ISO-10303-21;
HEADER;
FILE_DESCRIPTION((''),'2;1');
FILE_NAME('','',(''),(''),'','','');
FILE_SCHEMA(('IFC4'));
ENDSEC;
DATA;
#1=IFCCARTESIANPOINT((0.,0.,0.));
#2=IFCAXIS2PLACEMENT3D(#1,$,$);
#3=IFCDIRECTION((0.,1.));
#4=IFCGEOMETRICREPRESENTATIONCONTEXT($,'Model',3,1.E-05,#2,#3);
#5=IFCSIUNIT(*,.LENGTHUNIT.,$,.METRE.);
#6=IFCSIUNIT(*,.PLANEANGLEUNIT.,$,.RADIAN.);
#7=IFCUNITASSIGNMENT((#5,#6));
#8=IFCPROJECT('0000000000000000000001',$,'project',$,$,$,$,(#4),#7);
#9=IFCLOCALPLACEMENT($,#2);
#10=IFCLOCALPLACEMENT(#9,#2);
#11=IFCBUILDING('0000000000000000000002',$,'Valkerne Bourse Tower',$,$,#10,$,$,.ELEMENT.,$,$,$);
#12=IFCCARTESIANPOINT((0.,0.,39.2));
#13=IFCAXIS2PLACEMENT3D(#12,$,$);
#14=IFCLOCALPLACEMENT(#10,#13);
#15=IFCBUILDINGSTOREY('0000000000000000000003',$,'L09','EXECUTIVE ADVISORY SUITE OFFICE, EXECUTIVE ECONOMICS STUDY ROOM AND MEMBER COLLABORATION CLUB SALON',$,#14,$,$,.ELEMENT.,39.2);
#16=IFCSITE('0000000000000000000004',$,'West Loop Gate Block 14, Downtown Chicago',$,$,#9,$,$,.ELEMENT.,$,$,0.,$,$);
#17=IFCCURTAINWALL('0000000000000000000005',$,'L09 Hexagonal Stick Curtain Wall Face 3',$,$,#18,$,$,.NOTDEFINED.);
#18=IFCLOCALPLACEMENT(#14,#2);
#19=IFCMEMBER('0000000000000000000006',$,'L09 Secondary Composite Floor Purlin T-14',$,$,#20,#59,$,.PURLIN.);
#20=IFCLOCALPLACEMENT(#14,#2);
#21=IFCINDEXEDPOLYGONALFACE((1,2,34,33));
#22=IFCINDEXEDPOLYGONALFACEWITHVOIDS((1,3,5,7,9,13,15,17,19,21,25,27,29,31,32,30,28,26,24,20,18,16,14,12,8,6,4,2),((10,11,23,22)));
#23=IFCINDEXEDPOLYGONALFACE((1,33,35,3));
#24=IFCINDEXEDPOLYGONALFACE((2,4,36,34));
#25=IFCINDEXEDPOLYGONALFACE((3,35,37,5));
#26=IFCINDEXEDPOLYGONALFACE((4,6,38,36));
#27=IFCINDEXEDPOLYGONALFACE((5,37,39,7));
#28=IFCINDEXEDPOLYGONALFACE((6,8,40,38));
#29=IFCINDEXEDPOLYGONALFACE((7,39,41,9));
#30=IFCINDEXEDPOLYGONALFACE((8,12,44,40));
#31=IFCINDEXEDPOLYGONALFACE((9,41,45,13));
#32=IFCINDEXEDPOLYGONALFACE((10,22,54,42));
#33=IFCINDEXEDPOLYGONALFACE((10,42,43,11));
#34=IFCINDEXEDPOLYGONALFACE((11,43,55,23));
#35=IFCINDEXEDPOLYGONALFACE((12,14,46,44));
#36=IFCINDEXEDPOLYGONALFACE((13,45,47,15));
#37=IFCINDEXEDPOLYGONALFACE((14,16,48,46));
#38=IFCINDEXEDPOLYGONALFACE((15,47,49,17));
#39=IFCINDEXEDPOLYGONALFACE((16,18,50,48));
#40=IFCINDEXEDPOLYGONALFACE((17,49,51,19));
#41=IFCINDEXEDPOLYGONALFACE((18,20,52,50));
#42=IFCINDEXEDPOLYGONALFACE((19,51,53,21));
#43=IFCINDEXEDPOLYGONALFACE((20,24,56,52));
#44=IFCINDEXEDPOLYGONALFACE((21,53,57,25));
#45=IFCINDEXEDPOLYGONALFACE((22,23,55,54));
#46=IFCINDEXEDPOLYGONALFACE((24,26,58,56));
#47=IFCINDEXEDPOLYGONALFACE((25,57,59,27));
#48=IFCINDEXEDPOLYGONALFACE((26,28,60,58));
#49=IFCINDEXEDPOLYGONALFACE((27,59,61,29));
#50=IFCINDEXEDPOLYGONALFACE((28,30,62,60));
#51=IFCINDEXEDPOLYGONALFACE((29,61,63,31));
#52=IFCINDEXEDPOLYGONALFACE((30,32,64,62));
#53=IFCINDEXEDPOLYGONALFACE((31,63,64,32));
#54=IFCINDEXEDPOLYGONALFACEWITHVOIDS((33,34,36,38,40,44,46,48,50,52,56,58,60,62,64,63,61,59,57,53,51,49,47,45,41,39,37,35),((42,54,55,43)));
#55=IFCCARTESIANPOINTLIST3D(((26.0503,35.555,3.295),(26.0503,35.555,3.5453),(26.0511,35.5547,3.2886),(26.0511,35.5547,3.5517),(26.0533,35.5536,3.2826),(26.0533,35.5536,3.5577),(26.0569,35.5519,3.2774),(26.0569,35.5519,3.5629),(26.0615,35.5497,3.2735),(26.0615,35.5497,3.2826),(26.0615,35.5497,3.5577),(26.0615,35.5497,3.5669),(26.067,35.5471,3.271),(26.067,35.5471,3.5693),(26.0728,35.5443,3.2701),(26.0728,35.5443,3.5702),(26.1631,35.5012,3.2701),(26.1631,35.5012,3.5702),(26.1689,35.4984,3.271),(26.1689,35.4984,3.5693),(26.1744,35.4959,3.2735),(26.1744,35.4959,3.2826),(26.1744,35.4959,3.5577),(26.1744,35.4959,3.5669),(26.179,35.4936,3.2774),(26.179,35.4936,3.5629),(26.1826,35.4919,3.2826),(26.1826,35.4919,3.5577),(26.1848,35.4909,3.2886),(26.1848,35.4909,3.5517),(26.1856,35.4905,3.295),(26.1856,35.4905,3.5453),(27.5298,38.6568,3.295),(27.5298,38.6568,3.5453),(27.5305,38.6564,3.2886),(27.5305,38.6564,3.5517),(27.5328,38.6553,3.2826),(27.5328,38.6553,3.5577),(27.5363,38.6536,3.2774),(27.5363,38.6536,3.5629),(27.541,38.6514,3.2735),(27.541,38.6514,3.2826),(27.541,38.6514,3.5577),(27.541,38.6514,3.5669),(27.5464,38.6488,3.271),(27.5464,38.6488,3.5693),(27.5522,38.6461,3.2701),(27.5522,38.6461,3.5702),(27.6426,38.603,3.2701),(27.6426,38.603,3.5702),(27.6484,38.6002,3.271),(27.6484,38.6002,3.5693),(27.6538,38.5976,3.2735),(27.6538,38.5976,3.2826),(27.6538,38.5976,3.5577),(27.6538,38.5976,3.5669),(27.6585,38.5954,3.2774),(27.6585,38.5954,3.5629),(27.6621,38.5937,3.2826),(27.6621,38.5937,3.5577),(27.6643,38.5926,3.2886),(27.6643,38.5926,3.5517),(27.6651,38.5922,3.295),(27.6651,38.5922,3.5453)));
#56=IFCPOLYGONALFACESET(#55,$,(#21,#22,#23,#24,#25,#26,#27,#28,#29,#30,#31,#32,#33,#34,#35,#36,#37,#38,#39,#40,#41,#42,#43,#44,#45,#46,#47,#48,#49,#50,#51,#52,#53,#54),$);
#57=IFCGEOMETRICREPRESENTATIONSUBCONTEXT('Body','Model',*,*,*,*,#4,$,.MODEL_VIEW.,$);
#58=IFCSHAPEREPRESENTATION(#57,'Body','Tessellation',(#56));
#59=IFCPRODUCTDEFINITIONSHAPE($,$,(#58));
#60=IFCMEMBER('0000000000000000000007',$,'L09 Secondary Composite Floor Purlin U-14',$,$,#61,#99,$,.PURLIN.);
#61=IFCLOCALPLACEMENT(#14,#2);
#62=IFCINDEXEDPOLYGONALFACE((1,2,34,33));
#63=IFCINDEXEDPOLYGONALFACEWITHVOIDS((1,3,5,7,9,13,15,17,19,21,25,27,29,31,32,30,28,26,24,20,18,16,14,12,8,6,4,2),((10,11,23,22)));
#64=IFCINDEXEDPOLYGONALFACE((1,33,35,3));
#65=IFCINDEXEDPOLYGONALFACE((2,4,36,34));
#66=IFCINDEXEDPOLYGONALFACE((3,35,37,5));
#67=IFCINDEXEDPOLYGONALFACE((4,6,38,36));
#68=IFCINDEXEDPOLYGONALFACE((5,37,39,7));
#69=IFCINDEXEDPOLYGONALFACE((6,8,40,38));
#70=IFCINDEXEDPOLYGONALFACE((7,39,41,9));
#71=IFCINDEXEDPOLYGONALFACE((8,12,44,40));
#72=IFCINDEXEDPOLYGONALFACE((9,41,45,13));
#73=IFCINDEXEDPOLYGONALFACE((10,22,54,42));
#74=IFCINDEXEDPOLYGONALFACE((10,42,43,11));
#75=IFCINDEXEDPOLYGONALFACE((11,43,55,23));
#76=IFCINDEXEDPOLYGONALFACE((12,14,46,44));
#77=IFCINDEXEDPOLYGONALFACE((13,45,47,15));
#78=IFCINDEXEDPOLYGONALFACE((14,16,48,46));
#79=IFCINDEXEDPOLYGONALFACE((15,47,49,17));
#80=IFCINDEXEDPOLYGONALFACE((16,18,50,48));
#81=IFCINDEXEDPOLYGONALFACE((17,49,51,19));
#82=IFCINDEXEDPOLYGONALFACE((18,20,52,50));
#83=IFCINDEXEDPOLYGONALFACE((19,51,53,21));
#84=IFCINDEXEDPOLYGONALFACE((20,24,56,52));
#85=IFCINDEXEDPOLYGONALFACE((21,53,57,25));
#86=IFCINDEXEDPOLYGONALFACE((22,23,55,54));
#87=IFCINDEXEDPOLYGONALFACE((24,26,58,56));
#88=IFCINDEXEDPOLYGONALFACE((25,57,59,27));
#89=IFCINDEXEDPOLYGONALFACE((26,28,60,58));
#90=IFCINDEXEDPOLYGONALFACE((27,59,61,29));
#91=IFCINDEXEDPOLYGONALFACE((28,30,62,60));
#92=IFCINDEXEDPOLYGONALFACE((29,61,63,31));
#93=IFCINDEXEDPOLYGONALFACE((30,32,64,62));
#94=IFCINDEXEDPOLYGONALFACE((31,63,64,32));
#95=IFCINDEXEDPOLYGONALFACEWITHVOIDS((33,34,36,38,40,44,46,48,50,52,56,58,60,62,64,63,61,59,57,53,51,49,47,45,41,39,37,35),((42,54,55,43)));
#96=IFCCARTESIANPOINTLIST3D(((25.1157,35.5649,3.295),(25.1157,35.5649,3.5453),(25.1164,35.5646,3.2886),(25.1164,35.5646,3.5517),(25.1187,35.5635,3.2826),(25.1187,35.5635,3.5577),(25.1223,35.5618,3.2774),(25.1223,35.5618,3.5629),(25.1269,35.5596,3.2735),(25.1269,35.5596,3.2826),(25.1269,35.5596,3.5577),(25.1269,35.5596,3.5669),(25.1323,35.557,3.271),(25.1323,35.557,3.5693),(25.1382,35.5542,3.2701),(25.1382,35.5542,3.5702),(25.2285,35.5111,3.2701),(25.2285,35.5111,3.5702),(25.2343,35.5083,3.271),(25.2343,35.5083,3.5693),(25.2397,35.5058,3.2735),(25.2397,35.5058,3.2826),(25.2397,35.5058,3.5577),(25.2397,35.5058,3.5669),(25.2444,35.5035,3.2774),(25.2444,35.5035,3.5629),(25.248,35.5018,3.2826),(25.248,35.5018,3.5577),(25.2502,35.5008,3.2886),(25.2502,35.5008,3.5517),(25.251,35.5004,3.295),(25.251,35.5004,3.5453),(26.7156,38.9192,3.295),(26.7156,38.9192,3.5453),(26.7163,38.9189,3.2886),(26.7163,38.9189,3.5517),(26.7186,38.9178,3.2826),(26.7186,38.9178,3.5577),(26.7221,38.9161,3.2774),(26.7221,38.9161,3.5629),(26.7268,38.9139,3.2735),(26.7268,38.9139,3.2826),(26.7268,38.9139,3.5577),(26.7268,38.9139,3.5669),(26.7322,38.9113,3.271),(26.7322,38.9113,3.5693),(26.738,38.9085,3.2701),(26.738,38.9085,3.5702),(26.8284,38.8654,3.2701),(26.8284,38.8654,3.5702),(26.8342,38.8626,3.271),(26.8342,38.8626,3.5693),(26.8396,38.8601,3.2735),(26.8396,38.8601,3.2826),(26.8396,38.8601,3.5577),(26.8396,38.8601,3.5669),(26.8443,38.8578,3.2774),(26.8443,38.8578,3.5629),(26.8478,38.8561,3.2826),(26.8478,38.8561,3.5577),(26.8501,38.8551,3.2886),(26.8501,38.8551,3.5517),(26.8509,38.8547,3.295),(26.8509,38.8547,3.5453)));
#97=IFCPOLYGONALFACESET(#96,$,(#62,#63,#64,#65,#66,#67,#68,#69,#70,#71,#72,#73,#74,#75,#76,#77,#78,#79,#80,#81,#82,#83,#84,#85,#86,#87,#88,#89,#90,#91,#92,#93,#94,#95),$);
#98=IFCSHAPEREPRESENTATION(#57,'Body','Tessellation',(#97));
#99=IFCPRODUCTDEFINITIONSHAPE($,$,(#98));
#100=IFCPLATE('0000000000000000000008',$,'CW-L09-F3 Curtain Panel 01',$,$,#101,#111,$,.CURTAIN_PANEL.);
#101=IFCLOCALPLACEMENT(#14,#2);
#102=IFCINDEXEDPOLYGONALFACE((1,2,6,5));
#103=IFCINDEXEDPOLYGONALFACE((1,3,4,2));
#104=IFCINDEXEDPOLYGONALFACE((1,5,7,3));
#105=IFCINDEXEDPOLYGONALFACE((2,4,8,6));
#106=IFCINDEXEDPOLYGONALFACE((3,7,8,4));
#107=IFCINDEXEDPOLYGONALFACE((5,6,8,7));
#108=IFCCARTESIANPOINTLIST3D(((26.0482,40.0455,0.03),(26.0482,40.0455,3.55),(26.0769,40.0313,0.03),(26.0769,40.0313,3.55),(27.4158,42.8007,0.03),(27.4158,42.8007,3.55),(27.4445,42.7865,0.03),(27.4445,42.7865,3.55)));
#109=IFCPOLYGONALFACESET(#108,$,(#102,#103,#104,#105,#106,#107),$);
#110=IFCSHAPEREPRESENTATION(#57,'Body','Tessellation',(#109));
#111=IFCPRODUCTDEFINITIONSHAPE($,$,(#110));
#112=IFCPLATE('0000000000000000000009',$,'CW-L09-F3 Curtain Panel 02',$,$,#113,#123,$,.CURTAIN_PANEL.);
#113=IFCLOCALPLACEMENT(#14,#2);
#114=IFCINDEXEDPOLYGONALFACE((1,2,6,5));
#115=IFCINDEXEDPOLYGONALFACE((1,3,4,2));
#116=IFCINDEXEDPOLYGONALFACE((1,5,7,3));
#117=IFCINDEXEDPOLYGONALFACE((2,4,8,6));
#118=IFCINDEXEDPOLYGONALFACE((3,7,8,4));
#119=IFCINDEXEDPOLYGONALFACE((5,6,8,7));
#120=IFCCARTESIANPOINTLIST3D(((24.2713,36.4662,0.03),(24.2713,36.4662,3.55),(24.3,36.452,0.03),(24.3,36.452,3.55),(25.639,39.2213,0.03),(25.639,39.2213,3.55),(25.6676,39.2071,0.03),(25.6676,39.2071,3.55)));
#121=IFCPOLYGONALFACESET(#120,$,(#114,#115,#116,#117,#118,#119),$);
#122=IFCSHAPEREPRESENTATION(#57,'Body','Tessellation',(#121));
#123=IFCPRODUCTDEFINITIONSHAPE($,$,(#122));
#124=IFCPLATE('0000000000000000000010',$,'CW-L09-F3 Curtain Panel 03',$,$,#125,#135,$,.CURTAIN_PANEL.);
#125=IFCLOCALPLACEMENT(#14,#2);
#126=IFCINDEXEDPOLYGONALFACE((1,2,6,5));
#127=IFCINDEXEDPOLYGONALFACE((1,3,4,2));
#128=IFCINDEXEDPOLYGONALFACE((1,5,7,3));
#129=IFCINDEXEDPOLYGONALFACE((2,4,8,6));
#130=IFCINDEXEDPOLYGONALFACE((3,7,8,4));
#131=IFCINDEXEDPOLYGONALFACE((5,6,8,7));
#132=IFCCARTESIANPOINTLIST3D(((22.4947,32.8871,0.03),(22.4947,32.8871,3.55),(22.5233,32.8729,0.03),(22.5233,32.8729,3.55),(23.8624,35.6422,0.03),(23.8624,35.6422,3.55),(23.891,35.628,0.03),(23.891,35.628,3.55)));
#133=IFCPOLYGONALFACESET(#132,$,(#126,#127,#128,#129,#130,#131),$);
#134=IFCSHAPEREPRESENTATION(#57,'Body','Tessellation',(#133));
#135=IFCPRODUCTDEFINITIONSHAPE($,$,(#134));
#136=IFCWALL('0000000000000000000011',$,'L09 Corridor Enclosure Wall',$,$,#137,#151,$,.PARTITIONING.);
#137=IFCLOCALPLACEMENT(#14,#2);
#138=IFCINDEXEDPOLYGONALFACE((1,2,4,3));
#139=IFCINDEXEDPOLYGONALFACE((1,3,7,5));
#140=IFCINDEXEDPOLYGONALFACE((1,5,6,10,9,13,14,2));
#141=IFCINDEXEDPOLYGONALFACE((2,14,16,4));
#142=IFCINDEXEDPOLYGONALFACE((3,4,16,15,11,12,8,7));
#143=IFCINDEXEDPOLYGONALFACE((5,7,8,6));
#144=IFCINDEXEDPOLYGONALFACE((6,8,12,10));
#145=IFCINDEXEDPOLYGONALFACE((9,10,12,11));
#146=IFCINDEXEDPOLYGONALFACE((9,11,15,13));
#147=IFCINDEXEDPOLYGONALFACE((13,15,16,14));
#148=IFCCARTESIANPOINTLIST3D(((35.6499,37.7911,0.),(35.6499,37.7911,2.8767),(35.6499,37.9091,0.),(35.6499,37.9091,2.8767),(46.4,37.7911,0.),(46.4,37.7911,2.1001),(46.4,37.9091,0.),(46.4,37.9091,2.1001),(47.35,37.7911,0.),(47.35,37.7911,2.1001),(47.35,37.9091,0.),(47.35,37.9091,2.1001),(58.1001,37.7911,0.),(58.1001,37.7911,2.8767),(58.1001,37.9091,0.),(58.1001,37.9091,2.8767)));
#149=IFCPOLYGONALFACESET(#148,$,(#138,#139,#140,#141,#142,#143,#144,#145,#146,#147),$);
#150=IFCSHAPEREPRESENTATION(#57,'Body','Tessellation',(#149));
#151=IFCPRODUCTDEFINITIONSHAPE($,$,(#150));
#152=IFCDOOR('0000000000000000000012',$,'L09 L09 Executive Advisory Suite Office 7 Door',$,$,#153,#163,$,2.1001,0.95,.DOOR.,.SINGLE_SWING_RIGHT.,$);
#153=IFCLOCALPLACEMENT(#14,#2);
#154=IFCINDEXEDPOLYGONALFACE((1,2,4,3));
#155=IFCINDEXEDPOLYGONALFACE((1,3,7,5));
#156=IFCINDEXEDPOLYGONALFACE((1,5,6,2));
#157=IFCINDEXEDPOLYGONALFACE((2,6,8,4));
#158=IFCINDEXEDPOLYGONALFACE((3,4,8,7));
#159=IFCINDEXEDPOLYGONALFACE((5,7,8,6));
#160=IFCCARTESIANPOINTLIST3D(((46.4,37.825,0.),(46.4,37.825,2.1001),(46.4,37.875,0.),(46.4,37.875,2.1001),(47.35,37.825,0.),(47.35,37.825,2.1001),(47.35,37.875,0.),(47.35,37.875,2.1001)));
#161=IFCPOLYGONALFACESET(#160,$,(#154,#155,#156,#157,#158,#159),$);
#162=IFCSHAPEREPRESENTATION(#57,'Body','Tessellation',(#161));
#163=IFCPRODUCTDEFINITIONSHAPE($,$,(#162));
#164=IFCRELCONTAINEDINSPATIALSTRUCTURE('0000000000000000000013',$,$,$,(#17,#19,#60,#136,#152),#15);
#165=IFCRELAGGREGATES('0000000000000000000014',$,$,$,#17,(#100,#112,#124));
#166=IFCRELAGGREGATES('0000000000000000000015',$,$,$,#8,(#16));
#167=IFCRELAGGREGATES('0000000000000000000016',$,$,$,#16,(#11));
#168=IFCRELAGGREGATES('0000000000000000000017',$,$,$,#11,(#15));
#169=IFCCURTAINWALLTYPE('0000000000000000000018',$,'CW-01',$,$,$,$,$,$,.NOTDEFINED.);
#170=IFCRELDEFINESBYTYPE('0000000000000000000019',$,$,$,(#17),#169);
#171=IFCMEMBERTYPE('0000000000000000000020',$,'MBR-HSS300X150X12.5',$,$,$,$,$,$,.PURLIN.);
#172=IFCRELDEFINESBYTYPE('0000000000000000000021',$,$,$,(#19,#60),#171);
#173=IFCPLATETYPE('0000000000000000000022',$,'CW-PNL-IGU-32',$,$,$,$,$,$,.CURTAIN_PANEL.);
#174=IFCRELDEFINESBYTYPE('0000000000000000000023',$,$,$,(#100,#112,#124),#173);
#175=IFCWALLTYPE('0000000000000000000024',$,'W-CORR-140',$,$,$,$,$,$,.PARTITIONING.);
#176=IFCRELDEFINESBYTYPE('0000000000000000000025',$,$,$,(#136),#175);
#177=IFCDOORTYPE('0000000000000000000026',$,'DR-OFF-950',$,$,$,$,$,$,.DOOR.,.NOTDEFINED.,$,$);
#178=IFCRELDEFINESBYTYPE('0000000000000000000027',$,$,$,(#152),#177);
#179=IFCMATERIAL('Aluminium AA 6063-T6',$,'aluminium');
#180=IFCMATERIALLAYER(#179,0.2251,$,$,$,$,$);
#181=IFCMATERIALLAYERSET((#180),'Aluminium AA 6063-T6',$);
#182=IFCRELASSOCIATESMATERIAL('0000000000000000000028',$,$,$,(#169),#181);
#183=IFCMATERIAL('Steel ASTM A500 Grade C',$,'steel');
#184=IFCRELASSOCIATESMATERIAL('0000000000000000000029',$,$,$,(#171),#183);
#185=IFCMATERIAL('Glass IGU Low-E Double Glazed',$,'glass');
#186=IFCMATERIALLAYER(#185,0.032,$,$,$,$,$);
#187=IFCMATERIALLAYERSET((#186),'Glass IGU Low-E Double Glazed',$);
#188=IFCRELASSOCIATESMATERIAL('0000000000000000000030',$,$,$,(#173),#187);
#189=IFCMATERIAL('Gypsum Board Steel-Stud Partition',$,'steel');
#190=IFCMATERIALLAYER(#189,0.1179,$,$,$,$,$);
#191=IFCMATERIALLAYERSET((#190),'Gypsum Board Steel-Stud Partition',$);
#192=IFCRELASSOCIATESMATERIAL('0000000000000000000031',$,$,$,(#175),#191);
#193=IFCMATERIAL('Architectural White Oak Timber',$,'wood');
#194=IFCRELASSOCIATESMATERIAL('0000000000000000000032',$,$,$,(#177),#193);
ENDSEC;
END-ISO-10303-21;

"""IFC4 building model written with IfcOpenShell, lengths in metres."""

from ifc_helpers import new_model, si_unit, direction, frame, frame_2d, origin, origin_2d, place, context, subcontext, project, spatial, rectangle, hollow_rectangle, extrude, material, layer, layer_set, material_profile, profile_set, type_object, element, fill, aggregate, save


model = new_model("IFC4")

# Units and contexts
model_context = context("Model", 3, precision=1e-05, world=origin(), true_north=direction((0.0, 1.0)))
body_context = subcontext(model_context, "Body", "Model", "MODEL_VIEW")
ifc_project = project(units=[si_unit("LENGTHUNIT", "METRE"), si_unit("PLANEANGLEUNIT", "RADIAN")], contexts=[model_context])

# Site, building, storey
site_placement = place(None, origin())
site = spatial("IfcSite", under=ifc_project, at=site_placement, Name="West Loop Gate Block 14, Downtown Chicago", CompositionType="ELEMENT", RefElevation=0.0)
building_placement = place(site_placement, origin())
building = spatial("IfcBuilding", under=site, at=building_placement, Name="Valkerne Bourse Tower", CompositionType="ELEMENT")
storey_placement = place(building_placement, frame((0.0, 0.0, 39.2)))
storey = spatial("IfcBuildingStorey", under=building, at=storey_placement, Name="L09", Description="EXECUTIVE ADVISORY SUITE OFFICE, EXECUTIVE ECONOMICS STUDY ROOM AND MEMBER COLLABORATION CLUB SALON", CompositionType="ELEMENT", Elevation=39.2)

# Curtain wall
ifc_material_1 = material(Name="Aluminium AA 6063-T6", Category="aluminium")
ifc_layer_1 = layer(ifc_material_1, 0.2251)
ifc_layer_set_1 = layer_set([ifc_layer_1], Name="Aluminium AA 6063-T6")
curtain_wall_type = type_object("IfcCurtainWallType", Name="CW-01", PredefinedType="NOTDEFINED", material=ifc_layer_set_1)
curtain_wall_placement = place(storey_placement, origin())
curtain_wall = element("IfcCurtainWall", 1, at=curtain_wall_placement, inside=storey, type_object=curtain_wall_type, Name="L09 Hexagonal Stick Curtain Wall Face 3", PredefinedType="NOTDEFINED")

# Members
ifc_material_2 = material(Name="Steel ASTM A500 Grade C", Category="steel")
ifc_material_profile_1 = material_profile(ifc_material_2, hollow_rectangle(XDim=0.1499, YDim=0.3, WallThickness=0.0125, OuterFilletRadius=0.0249, at=origin_2d()), Name="HSS300X150X12.5")
ifc_profile_set_1 = profile_set([ifc_material_profile_1], Name="Steel ASTM A500 Grade C")
member_type_1 = type_object("IfcMemberType", Name="MBR-HSS300X150X12.5", PredefinedType="PURLIN", material=ifc_profile_set_1)
for number, where, z_axis, x_axis, name in (
    (2, (27.5974, 38.6245, 3.4202), (-0.430513, -0.902585, 0.0), (0.902585, -0.430513, 0.0), "L09 Secondary Composite Floor Purlin T-14"),
):
    element("IfcMember", number, at=place(storey_placement, frame(where, z_axis=z_axis, x_axis=x_axis)), inside=storey, type_object=member_type_1, Name=name, PredefinedType="PURLIN", context=body_context, shape_type="SweptSolid", body=[
        extrude(hollow_rectangle(XDim=0.1499, YDim=0.3, WallThickness=0.0125, OuterFilletRadius=0.0249, at=origin_2d()), origin(), (0.0, 0.0, 1.0), 3.4365),
    ])
member_1_placement = place(storey_placement, frame((26.7832, 38.887, 3.4202), z_axis=(-0.430502, -0.90259, 0.0), x_axis=(0.90259, -0.430502, 0.0)))
element("IfcMember", 3, at=member_1_placement, inside=storey, type_object=member_type_1, Name="L09 Secondary Composite Floor Purlin U-14", PredefinedType="PURLIN", context=body_context, shape_type="SweptSolid", body=[
    extrude(hollow_rectangle(XDim=0.1499, YDim=0.3, WallThickness=0.0125, OuterFilletRadius=0.0249, at=origin_2d()), origin(), (0.0, 0.0, 1.0), 3.7163),
])

# Plates
ifc_material_3 = material(Name="Glass IGU Low-E Double Glazed", Category="glass")
ifc_layer_2 = layer(ifc_material_3, 0.032)
ifc_layer_set_2 = layer_set([ifc_layer_2], Name="Glass IGU Low-E Double Glazed")
plate_type = type_object("IfcPlateType", Name="CW-PNL-IGU-32", PredefinedType="CURTAIN_PANEL", material=ifc_layer_set_2)
plate_1_placement = place(storey_placement, frame((26.7463, 41.416, 0.03), z_axis=(0.0, 0.0, 1.0), x_axis=(-0.444619, -0.89572, 0.0)))
plate_1 = element("IfcPlate", 4, at=plate_1_placement, type_object=plate_type, Name="CW-L09-F3 Curtain Panel 01", PredefinedType="CURTAIN_PANEL", context=body_context, shape_type="SweptSolid", body=[
    extrude(rectangle(XDim=3.0759, YDim=0.032, at=origin_2d()), origin(), (0.0, 0.0, 1.0), 3.52),
])
plate_2_placement = place(storey_placement, frame((24.9695, 37.8367, 0.03), z_axis=(0.0, 0.0, 1.0), x_axis=(-0.444639, -0.89571, 0.0)))
plate_2 = element("IfcPlate", 5, at=plate_2_placement, type_object=plate_type, Name="CW-L09-F3 Curtain Panel 02", PredefinedType="CURTAIN_PANEL", context=body_context, shape_type="SweptSolid", body=[
    extrude(rectangle(XDim=3.0759, YDim=0.032, at=origin_2d()), origin(), (0.0, 0.0, 1.0), 3.52),
])
plate_3_placement = place(storey_placement, frame((23.1929, 34.2576, 0.03), z_axis=(0.0, 0.0, 1.0), x_axis=(-0.444649, -0.895705, 0.0)))
plate_3 = element("IfcPlate", 6, at=plate_3_placement, type_object=plate_type, Name="CW-L09-F3 Curtain Panel 03", PredefinedType="CURTAIN_PANEL", context=body_context, shape_type="SweptSolid", body=[
    extrude(rectangle(XDim=3.0759, YDim=0.032, at=origin_2d()), origin(), (0.0, 0.0, 1.0), 3.52),
])
aggregate(curtain_wall, [plate_1, plate_2, plate_3])

# Wall, opening, door
ifc_material_4 = material(Name="Gypsum Board Steel-Stud Partition", Category="steel")
ifc_layer_3 = layer(ifc_material_4, 0.1179)
ifc_layer_set_3 = layer_set([ifc_layer_3], Name="Gypsum Board Steel-Stud Partition")
wall_type = type_object("IfcWallType", Name="W-CORR-140", PredefinedType="PARTITIONING", material=ifc_layer_set_3)
wall_placement = place(storey_placement, frame((35.6499, 37.8501, 0.0), z_axis=(0.0, 0.0, 1.0), x_axis=(1.0, 0.0, 0.0)))
wall = element("IfcWall", 7, at=wall_placement, inside=storey, type_object=wall_type, Name="L09 Corridor Enclosure Wall", PredefinedType="PARTITIONING", context=body_context, shape_type="SweptSolid", body=[
    extrude(rectangle(XDim=22.4502, YDim=0.1179, at=frame_2d((11.2251, 0.0))), origin(), (0.0, 0.0, 1.0), 2.8767),
])
opening_placement = place(wall_placement, frame((10.75, 0.0, 0.0)))
opening = element("IfcOpeningElement", 8, at=opening_placement, cuts=wall, PredefinedType="OPENING", context=body_context, shape_type="SweptSolid", body=[
    extrude(rectangle(XDim=0.95, YDim=2.1001, at=frame_2d((0.4751, 1.05))), frame((0.0, 0.0688, 0.0), z_axis=(0.0, -1.0, 0.0), x_axis=(1.0, 0.0, 0.0)), (0.0, 0.0, 1.0), 0.1379),
])
ifc_material_5 = material(Name="Architectural White Oak Timber", Category="wood")
door_type = type_object("IfcDoorType", Name="DR-OFF-950", OperationType="NOTDEFINED", PredefinedType="DOOR", material=ifc_material_5)
door_placement = place(opening_placement, origin())
door = element("IfcDoor", 9, at=door_placement, inside=storey, type_object=door_type, Name="L09 L09 Executive Advisory Suite Office 7 Door", OperationType="SINGLE_SWING_RIGHT", OverallHeight=2.1001, OverallWidth=0.95, PredefinedType="DOOR", context=body_context, shape_type="SweptSolid", body=[
    extrude(rectangle(XDim=0.95, YDim=2.1001, at=frame_2d((0.4751, 1.05))), frame((0.0, 0.0249, 0.0), z_axis=(0.0, -1.0, 0.0), x_axis=(1.0, 0.0, 0.0)), (0.0, 0.0, 1.0), 0.05),
])
fill(opening, door)

save(model, "model.ifc")
